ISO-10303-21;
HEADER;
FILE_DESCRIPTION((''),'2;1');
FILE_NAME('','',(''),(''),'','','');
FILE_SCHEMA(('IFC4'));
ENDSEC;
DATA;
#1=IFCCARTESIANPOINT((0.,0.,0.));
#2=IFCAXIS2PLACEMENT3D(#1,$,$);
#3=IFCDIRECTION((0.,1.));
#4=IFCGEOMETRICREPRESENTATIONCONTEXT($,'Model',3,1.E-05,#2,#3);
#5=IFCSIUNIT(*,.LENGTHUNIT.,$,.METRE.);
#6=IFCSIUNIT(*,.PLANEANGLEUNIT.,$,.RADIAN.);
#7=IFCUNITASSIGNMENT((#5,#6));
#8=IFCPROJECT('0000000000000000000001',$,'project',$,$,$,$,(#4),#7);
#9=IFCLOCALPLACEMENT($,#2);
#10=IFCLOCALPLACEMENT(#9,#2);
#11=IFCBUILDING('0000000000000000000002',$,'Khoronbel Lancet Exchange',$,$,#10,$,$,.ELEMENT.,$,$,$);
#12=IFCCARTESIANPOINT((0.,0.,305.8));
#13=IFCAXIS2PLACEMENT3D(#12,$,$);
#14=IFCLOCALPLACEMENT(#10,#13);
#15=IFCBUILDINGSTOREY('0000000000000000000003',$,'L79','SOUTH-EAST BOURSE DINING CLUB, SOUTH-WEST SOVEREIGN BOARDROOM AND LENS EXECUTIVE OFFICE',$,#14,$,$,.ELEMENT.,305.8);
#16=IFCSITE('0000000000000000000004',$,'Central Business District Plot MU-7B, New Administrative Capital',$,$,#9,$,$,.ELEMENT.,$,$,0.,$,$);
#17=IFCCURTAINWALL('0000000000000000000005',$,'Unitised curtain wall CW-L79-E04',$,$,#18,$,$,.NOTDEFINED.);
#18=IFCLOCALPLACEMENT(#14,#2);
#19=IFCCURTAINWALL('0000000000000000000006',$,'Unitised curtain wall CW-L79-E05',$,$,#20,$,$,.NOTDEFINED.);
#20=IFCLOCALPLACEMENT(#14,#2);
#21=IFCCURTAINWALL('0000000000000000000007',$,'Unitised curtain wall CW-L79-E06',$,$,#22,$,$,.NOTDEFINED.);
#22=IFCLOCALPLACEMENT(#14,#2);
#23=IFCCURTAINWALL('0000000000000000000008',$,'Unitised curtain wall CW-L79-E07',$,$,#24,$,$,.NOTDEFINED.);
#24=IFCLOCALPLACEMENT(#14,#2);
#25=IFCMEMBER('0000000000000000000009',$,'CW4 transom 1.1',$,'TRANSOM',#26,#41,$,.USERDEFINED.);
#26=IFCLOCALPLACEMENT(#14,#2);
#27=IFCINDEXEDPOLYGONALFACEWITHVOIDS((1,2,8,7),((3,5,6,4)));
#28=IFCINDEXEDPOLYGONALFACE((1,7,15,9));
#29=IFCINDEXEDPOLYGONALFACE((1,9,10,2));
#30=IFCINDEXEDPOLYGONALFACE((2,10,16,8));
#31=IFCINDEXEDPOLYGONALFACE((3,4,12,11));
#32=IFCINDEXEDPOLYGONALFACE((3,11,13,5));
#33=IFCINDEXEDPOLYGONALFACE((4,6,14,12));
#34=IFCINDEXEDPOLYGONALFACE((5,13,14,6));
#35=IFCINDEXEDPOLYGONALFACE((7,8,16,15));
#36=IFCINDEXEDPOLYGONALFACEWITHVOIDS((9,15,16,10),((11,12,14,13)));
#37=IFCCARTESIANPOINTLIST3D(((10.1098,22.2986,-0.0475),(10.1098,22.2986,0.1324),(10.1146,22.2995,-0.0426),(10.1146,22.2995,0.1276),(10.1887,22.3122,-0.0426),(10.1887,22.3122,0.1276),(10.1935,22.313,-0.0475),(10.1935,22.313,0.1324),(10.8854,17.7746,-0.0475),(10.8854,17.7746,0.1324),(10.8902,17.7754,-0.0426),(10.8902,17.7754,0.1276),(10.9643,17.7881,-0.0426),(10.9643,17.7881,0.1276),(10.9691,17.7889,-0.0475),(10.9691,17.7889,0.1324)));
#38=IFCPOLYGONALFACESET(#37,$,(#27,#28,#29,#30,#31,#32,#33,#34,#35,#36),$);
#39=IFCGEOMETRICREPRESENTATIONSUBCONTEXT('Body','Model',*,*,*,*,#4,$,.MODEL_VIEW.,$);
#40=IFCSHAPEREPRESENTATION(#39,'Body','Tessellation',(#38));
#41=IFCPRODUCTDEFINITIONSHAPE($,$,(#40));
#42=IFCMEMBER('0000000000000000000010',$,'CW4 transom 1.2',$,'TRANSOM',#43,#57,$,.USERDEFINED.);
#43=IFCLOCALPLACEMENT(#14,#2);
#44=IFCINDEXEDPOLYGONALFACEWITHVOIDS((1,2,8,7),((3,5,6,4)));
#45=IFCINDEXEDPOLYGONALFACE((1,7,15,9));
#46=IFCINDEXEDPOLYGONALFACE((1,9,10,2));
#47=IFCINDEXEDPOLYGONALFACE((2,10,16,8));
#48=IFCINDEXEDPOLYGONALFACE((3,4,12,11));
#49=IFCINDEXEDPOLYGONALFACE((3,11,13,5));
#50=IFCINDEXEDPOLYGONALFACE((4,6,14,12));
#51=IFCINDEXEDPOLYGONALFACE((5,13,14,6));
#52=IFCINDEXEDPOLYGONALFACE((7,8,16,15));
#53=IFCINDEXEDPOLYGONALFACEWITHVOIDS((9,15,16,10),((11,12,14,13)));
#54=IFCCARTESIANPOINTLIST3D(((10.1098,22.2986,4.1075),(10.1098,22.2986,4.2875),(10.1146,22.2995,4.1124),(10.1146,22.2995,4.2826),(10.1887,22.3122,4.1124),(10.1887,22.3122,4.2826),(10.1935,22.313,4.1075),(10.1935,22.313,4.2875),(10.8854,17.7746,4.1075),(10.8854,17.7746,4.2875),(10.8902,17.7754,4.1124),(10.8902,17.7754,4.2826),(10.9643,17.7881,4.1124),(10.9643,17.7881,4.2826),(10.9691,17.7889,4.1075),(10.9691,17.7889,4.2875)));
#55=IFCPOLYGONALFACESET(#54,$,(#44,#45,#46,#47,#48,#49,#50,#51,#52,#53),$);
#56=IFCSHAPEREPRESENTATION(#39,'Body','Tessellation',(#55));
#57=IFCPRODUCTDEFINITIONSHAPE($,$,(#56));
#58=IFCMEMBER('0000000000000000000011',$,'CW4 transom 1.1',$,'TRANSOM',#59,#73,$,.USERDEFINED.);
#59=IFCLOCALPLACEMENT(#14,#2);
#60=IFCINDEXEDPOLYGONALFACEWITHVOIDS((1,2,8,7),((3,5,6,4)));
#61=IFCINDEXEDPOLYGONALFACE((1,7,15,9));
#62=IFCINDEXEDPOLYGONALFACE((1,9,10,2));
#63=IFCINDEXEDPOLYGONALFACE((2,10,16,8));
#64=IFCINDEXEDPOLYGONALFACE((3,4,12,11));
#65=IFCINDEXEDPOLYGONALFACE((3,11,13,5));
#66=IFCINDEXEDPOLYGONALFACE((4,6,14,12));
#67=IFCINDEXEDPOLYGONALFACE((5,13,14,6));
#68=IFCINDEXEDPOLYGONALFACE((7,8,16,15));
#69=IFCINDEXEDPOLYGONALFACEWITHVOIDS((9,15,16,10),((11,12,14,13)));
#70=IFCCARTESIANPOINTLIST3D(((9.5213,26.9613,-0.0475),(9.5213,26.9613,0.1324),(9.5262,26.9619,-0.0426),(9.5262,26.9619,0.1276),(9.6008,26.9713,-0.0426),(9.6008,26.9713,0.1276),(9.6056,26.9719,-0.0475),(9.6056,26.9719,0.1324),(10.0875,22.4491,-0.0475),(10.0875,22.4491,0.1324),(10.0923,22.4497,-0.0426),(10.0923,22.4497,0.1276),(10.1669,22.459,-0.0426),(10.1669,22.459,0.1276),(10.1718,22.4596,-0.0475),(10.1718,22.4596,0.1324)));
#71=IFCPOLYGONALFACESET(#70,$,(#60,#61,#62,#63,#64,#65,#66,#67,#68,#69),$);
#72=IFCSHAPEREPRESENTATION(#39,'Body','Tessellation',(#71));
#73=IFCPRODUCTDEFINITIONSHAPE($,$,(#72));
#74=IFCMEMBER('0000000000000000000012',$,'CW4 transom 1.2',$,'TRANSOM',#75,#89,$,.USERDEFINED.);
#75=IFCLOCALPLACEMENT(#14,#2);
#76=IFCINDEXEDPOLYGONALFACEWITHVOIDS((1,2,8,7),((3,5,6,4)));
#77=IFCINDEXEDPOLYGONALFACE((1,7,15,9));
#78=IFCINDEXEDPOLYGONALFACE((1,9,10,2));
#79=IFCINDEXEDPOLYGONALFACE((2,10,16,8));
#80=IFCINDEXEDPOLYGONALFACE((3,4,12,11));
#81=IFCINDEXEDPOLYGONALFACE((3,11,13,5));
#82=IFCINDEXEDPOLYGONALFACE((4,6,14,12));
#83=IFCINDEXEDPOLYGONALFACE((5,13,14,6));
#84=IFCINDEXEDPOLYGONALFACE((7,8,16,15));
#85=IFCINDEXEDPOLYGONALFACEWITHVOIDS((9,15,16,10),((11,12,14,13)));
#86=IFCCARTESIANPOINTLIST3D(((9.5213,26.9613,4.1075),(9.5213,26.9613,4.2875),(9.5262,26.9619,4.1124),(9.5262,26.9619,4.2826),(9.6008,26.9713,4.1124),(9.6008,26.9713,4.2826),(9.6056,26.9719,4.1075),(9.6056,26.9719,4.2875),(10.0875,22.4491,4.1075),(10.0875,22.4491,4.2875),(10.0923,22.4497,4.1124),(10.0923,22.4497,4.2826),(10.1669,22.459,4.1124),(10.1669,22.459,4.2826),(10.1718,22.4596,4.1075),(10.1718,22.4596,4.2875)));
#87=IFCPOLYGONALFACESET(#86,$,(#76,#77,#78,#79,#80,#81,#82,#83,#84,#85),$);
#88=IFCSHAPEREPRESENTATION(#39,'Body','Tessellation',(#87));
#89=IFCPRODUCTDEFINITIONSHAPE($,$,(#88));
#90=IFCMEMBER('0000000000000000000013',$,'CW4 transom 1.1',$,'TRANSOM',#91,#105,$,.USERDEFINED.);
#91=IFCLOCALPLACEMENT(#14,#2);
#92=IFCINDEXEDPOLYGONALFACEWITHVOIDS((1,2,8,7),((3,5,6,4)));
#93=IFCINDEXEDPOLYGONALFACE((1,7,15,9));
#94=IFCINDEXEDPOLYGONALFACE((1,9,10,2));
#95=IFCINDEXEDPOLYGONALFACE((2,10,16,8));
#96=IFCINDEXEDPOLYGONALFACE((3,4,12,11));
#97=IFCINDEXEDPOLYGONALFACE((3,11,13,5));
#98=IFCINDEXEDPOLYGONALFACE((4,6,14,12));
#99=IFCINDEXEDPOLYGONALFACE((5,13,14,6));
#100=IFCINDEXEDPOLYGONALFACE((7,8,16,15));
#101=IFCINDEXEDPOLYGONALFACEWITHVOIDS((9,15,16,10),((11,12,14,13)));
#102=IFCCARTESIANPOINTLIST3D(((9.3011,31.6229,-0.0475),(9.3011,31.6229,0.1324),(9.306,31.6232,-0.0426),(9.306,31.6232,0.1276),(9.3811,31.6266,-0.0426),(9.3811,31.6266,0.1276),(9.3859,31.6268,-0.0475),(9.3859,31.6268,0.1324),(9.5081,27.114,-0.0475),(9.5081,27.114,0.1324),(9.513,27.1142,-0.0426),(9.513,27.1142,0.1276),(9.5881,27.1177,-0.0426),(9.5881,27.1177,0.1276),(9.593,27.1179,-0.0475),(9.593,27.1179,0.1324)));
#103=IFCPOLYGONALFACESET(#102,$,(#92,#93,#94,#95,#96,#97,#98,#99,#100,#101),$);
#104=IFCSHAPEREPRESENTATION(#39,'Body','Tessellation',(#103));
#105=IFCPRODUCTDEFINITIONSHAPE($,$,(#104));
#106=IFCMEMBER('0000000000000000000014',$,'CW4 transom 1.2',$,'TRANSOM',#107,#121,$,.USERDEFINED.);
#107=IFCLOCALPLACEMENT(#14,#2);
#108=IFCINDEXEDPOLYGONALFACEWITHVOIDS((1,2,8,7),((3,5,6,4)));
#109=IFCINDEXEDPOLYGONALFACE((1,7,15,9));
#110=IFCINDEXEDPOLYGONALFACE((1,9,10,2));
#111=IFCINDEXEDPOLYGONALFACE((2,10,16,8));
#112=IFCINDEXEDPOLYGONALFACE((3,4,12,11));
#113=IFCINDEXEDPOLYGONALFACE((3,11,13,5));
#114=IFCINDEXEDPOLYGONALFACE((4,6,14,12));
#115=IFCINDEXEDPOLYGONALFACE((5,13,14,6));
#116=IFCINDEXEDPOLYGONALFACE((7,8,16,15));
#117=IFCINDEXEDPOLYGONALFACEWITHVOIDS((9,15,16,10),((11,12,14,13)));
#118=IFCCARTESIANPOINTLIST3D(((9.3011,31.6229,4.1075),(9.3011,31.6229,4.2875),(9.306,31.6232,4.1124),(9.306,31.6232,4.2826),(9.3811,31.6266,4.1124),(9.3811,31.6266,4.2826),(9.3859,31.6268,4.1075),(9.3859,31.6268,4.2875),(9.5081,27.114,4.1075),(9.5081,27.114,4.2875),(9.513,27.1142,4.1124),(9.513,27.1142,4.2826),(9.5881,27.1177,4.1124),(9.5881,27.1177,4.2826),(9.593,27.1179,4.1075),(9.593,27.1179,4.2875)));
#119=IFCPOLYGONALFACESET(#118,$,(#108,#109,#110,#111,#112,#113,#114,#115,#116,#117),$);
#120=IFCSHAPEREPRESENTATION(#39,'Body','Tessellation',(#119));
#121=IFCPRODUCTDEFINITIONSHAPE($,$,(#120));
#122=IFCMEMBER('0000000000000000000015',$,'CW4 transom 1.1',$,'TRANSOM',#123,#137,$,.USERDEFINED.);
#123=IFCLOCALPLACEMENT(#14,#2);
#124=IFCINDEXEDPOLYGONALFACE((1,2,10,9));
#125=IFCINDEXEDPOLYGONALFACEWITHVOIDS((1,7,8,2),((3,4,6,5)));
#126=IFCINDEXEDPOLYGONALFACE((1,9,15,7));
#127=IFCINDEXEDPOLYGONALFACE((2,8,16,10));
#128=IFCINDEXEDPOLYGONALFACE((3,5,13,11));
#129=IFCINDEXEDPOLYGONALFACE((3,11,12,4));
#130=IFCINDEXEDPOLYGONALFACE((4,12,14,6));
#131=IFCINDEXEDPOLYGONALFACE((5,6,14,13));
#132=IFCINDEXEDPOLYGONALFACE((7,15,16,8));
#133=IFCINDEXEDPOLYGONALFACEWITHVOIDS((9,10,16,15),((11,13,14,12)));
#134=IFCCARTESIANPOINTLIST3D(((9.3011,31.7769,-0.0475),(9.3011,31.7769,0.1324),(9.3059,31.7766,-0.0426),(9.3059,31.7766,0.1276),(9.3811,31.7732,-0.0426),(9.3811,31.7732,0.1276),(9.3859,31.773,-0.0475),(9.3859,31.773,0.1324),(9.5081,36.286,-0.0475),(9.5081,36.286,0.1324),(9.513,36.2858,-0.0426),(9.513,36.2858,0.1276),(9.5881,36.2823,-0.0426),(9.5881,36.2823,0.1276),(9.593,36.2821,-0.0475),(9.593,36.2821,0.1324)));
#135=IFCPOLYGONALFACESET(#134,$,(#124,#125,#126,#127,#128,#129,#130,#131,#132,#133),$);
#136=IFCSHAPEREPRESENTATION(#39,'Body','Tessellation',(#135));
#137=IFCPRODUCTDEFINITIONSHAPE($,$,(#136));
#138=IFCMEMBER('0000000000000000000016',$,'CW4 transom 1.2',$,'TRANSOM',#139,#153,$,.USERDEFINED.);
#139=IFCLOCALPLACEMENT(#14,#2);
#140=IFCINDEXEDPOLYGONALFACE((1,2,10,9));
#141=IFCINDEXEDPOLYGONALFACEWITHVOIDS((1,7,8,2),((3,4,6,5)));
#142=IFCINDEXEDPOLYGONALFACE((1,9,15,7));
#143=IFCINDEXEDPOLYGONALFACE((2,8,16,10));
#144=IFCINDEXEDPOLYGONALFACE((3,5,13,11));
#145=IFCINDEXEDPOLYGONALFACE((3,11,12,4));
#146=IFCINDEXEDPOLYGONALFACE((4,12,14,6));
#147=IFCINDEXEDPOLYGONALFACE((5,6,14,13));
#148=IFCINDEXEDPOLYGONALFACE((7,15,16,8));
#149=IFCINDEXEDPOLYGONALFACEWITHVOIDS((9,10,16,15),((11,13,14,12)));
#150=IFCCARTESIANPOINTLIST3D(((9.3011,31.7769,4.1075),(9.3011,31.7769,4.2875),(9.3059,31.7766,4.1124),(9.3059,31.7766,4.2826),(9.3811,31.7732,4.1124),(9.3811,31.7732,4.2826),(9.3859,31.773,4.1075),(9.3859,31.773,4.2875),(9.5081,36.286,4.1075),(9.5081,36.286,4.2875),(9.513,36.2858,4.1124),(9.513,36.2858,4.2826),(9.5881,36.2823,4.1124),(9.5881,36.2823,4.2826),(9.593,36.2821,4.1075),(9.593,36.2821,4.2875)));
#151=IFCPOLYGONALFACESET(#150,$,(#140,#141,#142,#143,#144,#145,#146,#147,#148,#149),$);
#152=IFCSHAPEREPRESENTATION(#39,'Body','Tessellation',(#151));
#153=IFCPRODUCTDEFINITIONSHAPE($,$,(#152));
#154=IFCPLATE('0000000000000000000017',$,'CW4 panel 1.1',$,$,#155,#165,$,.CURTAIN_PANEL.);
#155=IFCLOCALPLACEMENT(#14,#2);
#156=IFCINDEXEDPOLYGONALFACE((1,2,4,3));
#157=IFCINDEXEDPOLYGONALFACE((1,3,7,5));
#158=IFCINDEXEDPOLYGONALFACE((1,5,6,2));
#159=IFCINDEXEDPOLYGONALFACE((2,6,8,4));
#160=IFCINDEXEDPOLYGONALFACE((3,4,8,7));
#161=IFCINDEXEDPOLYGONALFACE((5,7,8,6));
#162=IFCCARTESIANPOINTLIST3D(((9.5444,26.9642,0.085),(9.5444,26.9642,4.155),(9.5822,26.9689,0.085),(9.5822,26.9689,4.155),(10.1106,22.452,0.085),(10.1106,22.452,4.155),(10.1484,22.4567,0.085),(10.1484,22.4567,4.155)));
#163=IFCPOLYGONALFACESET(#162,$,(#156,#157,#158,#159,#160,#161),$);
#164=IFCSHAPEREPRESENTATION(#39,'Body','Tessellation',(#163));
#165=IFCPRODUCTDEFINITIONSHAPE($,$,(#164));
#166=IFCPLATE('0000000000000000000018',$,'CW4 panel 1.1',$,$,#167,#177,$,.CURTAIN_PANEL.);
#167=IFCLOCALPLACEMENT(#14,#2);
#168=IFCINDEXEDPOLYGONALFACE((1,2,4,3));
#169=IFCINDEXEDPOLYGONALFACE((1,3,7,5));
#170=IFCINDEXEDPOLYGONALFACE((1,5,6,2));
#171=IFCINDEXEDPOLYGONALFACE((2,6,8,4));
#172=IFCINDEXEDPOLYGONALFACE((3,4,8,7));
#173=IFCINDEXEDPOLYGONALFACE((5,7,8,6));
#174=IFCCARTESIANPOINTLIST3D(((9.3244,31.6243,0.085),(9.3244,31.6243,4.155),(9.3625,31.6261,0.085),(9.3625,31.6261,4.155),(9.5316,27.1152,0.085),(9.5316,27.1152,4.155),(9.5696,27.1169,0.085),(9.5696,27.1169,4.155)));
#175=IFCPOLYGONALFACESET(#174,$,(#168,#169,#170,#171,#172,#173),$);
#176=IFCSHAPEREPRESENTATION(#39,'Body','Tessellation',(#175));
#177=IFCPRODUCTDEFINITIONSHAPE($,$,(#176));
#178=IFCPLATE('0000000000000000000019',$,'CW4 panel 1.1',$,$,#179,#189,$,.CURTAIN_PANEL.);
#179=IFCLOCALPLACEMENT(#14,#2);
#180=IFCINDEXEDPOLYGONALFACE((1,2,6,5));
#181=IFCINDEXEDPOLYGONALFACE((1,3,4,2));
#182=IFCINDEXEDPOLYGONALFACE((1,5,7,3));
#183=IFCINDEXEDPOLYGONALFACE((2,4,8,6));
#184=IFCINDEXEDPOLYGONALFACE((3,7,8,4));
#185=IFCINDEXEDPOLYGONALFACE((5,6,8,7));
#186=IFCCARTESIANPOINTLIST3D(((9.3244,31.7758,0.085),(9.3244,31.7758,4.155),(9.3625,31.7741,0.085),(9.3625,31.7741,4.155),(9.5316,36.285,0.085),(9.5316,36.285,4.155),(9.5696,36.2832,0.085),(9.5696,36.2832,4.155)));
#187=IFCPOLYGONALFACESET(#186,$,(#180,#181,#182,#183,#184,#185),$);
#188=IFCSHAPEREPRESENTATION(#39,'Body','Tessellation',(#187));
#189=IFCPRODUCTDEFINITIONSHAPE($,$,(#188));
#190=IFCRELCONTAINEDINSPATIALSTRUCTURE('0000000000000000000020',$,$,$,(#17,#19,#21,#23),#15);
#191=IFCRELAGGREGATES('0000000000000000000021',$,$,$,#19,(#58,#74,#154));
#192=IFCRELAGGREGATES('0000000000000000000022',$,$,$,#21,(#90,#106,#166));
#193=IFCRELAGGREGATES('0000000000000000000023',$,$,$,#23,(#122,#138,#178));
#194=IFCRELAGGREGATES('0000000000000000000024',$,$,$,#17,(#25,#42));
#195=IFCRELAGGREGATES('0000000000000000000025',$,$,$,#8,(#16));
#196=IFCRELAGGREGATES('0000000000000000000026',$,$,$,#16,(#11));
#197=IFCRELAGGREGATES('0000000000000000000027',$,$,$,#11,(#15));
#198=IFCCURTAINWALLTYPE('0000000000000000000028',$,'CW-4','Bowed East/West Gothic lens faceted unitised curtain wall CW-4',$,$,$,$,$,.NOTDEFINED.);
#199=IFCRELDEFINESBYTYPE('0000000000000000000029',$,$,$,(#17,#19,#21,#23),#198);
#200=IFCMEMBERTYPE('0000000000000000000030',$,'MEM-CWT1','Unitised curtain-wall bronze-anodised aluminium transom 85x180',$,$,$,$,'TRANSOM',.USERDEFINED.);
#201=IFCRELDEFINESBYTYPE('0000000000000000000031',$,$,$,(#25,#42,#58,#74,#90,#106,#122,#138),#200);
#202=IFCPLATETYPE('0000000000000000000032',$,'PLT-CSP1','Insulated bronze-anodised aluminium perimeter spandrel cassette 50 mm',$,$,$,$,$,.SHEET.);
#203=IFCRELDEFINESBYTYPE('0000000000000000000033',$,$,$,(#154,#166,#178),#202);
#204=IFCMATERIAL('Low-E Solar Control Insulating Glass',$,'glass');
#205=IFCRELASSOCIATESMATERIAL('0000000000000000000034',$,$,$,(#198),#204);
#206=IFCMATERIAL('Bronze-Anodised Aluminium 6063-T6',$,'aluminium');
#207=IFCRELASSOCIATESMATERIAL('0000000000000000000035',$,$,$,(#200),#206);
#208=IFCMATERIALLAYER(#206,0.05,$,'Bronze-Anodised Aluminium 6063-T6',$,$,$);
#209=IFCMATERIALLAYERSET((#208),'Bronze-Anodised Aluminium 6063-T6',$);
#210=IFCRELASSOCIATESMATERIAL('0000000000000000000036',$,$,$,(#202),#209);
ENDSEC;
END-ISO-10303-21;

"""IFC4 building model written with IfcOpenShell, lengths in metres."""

from ifc_helpers import new_model, si_unit, direction, frame, origin, origin_2d, place, context, subcontext, project, spatial, rectangle, hollow_rectangle, extrude, material, layer, layer_set, material_profile, profile_set, type_object, element, aggregate, save


model = new_model("IFC4")

# Units and contexts
model_context = context("Model", 3, precision=1e-05, world=origin(), true_north=direction((0.0, 1.0)))
body_context = subcontext(model_context, "Body", "Model", "MODEL_VIEW")
ifc_project = project(units=[si_unit("LENGTHUNIT", "METRE"), si_unit("PLANEANGLEUNIT", "RADIAN")], contexts=[model_context])

# Site, building, storey
site_placement = place(None, origin())
site = spatial("IfcSite", under=ifc_project, at=site_placement, Name="Central Business District Plot MU-7B, New Administrative Capital", CompositionType="ELEMENT", RefElevation=0.0)
building_placement = place(site_placement, origin())
building = spatial("IfcBuilding", under=site, at=building_placement, Name="Khoronbel Lancet Exchange", CompositionType="ELEMENT")
storey_placement = place(building_placement, frame((0.0, 0.0, 305.8)))
storey = spatial("IfcBuildingStorey", under=building, at=storey_placement, Name="L79", Description="SOUTH-EAST BOURSE DINING CLUB, SOUTH-WEST SOVEREIGN BOARDROOM AND LENS EXECUTIVE OFFICE", CompositionType="ELEMENT", Elevation=305.8)

# Curtain walls
ifc_material_1 = material(Name="Low-E Solar Control Insulating Glass", Category="glass")
curtain_wall_type = type_object("IfcCurtainWallType", Name="CW-4", Description="Bowed East/West Gothic lens faceted unitised curtain wall CW-4", PredefinedType="NOTDEFINED", material=ifc_material_1)
curtain_wall_1_placement = place(storey_placement, origin())
curtain_wall_1 = element("IfcCurtainWall", 1, at=curtain_wall_1_placement, inside=storey, type_object=curtain_wall_type, Name="Unitised curtain wall CW-L79-E04", PredefinedType="NOTDEFINED")
ifc_material_2 = material(Name="Bronze-Anodised Aluminium 6063-T6", Category="aluminium")
curtain_wall_2_placement = place(storey_placement, origin())
curtain_wall_2 = element("IfcCurtainWall", 2, at=curtain_wall_2_placement, inside=storey, type_object=curtain_wall_type, Name="Unitised curtain wall CW-L79-E05", PredefinedType="NOTDEFINED")
curtain_wall_3_placement = place(storey_placement, origin())
curtain_wall_3 = element("IfcCurtainWall", 3, at=curtain_wall_3_placement, inside=storey, type_object=curtain_wall_type, Name="Unitised curtain wall CW-L79-E06", PredefinedType="NOTDEFINED")

# Curtain wall
curtain_wall_4_placement = place(storey_placement, origin())
curtain_wall_4 = element("IfcCurtainWall", 4, at=curtain_wall_4_placement, inside=storey, type_object=curtain_wall_type, Name="Unitised curtain wall CW-L79-E07", PredefinedType="NOTDEFINED")

# Members
ifc_material_profile_1 = material_profile(ifc_material_2, hollow_rectangle(XDim=0.085, YDim=0.1799, WallThickness=0.0049, at=origin_2d()), Name="ALU TRANSOM 85x180")
ifc_profile_set_1 = profile_set([ifc_material_profile_1], Name="Bronze-Anodised Aluminium 6063-T6")
member_type_1 = type_object("IfcMemberType", Name="MEM-CWT1", Description="Unitised curtain-wall bronze-anodised aluminium transom 85x180", ElementType="TRANSOM", PredefinedType="USERDEFINED", material=ifc_profile_set_1)
member_1_placement = place(storey_placement, frame((10.9272, 17.7817, 0.0425), z_axis=(-0.168977, 0.98562, 0.0), x_axis=(-0.98562, -0.168977, 0.0)))
member_1 = element("IfcMember", 5, at=member_1_placement, type_object=member_type_1, Name="CW4 transom 1.1", ObjectType="TRANSOM", PredefinedType="USERDEFINED", context=body_context, shape_type="SweptSolid", body=[
    extrude(hollow_rectangle(XDim=0.085, YDim=0.1799, WallThickness=0.0049, at=origin_2d()), origin(), (0.0, 0.0, 1.0), 4.5901),
])
member_2_placement = place(storey_placement, frame((10.9272, 17.7817, 4.1975), z_axis=(-0.168977, 0.98562, 0.0), x_axis=(-0.98562, -0.168977, 0.0)))
member_2 = element("IfcMember", 6, at=member_2_placement, type_object=member_type_1, Name="CW4 transom 1.2", ObjectType="TRANSOM", PredefinedType="USERDEFINED", context=body_context, shape_type="SweptSolid", body=[
    extrude(hollow_rectangle(XDim=0.085, YDim=0.1799, WallThickness=0.0049, at=origin_2d()), origin(), (0.0, 0.0, 1.0), 4.5901),
])
member_3_placement = place(storey_placement, frame((10.1296, 22.4543, 0.0425), z_axis=(-0.124497, 0.99222, 0.0), x_axis=(-0.99222, -0.124497, 0.0)))
member_3 = element("IfcMember", 7, at=member_3_placement, type_object=member_type_1, Name="CW4 transom 1.1", ObjectType="TRANSOM", PredefinedType="USERDEFINED", context=body_context, shape_type="SweptSolid", body=[
    extrude(hollow_rectangle(XDim=0.085, YDim=0.1799, WallThickness=0.0049, at=origin_2d()), origin(), (0.0, 0.0, 1.0), 4.5476),
])
member_4_placement = place(storey_placement, frame((10.1296, 22.4543, 4.1975), z_axis=(-0.124497, 0.99222, 0.0), x_axis=(-0.99222, -0.124497, 0.0)))
member_4 = element("IfcMember", 8, at=member_4_placement, type_object=member_type_1, Name="CW4 transom 1.2", ObjectType="TRANSOM", PredefinedType="USERDEFINED", context=body_context, shape_type="SweptSolid", body=[
    extrude(hollow_rectangle(XDim=0.085, YDim=0.1799, WallThickness=0.0049, at=origin_2d()), origin(), (0.0, 0.0, 1.0), 4.5476),
])
member_5_placement = place(storey_placement, frame((9.5505, 27.116, 0.0425), z_axis=(-0.045866, 0.998948, 0.0), x_axis=(-0.998948, -0.045866, 0.0)))
member_5 = element("IfcMember", 9, at=member_5_placement, type_object=member_type_1, Name="CW4 transom 1.1", ObjectType="TRANSOM", PredefinedType="USERDEFINED", context=body_context, shape_type="SweptSolid", body=[
    extrude(hollow_rectangle(XDim=0.085, YDim=0.1799, WallThickness=0.0049, at=origin_2d()), origin(), (0.0, 0.0, 1.0), 4.5137),
])
member_6_placement = place(storey_placement, frame((9.5505, 27.116, 4.1975), z_axis=(-0.045866, 0.998948, 0.0), x_axis=(-0.998948, -0.045866, 0.0)))
member_6 = element("IfcMember", 10, at=member_6_placement, type_object=member_type_1, Name="CW4 transom 1.2", ObjectType="TRANSOM", PredefinedType="USERDEFINED", context=body_context, shape_type="SweptSolid", body=[
    extrude(hollow_rectangle(XDim=0.085, YDim=0.1799, WallThickness=0.0049, at=origin_2d()), origin(), (0.0, 0.0, 1.0), 4.5137),
])
member_7_placement = place(storey_placement, frame((9.3435, 31.7749, 0.0425), z_axis=(0.045864, 0.998948, 0.0), x_axis=(-0.998948, 0.045864, 0.0)))
member_7 = element("IfcMember", 11, at=member_7_placement, type_object=member_type_1, Name="CW4 transom 1.1", ObjectType="TRANSOM", PredefinedType="USERDEFINED", context=body_context, shape_type="SweptSolid", body=[
    extrude(hollow_rectangle(XDim=0.085, YDim=0.1799, WallThickness=0.0049, at=origin_2d()), origin(), (0.0, 0.0, 1.0), 4.5139),
])
member_8_placement = place(storey_placement, frame((9.3435, 31.7749, 4.1975), z_axis=(0.045864, 0.998948, 0.0), x_axis=(-0.998948, 0.045864, 0.0)))
member_8 = element("IfcMember", 12, at=member_8_placement, type_object=member_type_1, Name="CW4 transom 1.2", ObjectType="TRANSOM", PredefinedType="USERDEFINED", context=body_context, shape_type="SweptSolid", body=[
    extrude(hollow_rectangle(XDim=0.085, YDim=0.1799, WallThickness=0.0049, at=origin_2d()), origin(), (0.0, 0.0, 1.0), 4.5139),
])

# Plates
ifc_layer_1 = layer(ifc_material_2, 0.05, Name="Bronze-Anodised Aluminium 6063-T6")
ifc_layer_set_1 = layer_set([ifc_layer_1], Name="Bronze-Anodised Aluminium 6063-T6")
plate_type_1 = type_object("IfcPlateType", Name="PLT-CSP1", Description="Insulated bronze-anodised aluminium perimeter spandrel cassette 50 mm", PredefinedType="SHEET", material=ifc_layer_set_1)
plate_1_placement = place(storey_placement, frame((9.8464, 24.7104, 0.085), z_axis=(0.0, 0.0, 1.0), x_axis=(-0.124509, 0.992218, 0.0)))
plate_1 = element("IfcPlate", 13, at=plate_1_placement, type_object=plate_type_1, Name="CW4 panel 1.1", PredefinedType="CURTAIN_PANEL", context=body_context, shape_type="SweptSolid", body=[
    extrude(rectangle(XDim=4.5476, YDim=0.0381, at=origin_2d()), origin(), (0.0, 0.0, 1.0), 4.0701),
])
aggregate(curtain_wall_2, [member_3, member_4, plate_1])
plate_2_placement = place(storey_placement, frame((9.447, 29.3706, 0.085), z_axis=(0.0, 0.0, 1.0), x_axis=(-0.045884, 0.998947, 0.0)))
plate_2 = element("IfcPlate", 14, at=plate_2_placement, type_object=plate_type_1, Name="CW4 panel 1.1", PredefinedType="CURTAIN_PANEL", context=body_context, shape_type="SweptSolid", body=[
    extrude(rectangle(XDim=4.5139, YDim=0.0381, at=origin_2d()), origin(), (0.0, 0.0, 1.0), 4.0701),
])
aggregate(curtain_wall_3, [member_5, member_6, plate_2])
plate_3_placement = place(storey_placement, frame((9.447, 34.0295, 0.085), z_axis=(0.0, 0.0, 1.0), x_axis=(0.045884, 0.998947, 0.0)))
plate_3 = element("IfcPlate", 15, at=plate_3_placement, type_object=plate_type_1, Name="CW4 panel 1.1", PredefinedType="CURTAIN_PANEL", context=body_context, shape_type="SweptSolid", body=[
    extrude(rectangle(XDim=4.5139, YDim=0.0381, at=origin_2d()), origin(), (0.0, 0.0, 1.0), 4.0701),
])
aggregate(curtain_wall_4, [member_7, member_8, plate_3])
aggregate(curtain_wall_1, [member_1, member_2])

save(model, "model.ifc")
